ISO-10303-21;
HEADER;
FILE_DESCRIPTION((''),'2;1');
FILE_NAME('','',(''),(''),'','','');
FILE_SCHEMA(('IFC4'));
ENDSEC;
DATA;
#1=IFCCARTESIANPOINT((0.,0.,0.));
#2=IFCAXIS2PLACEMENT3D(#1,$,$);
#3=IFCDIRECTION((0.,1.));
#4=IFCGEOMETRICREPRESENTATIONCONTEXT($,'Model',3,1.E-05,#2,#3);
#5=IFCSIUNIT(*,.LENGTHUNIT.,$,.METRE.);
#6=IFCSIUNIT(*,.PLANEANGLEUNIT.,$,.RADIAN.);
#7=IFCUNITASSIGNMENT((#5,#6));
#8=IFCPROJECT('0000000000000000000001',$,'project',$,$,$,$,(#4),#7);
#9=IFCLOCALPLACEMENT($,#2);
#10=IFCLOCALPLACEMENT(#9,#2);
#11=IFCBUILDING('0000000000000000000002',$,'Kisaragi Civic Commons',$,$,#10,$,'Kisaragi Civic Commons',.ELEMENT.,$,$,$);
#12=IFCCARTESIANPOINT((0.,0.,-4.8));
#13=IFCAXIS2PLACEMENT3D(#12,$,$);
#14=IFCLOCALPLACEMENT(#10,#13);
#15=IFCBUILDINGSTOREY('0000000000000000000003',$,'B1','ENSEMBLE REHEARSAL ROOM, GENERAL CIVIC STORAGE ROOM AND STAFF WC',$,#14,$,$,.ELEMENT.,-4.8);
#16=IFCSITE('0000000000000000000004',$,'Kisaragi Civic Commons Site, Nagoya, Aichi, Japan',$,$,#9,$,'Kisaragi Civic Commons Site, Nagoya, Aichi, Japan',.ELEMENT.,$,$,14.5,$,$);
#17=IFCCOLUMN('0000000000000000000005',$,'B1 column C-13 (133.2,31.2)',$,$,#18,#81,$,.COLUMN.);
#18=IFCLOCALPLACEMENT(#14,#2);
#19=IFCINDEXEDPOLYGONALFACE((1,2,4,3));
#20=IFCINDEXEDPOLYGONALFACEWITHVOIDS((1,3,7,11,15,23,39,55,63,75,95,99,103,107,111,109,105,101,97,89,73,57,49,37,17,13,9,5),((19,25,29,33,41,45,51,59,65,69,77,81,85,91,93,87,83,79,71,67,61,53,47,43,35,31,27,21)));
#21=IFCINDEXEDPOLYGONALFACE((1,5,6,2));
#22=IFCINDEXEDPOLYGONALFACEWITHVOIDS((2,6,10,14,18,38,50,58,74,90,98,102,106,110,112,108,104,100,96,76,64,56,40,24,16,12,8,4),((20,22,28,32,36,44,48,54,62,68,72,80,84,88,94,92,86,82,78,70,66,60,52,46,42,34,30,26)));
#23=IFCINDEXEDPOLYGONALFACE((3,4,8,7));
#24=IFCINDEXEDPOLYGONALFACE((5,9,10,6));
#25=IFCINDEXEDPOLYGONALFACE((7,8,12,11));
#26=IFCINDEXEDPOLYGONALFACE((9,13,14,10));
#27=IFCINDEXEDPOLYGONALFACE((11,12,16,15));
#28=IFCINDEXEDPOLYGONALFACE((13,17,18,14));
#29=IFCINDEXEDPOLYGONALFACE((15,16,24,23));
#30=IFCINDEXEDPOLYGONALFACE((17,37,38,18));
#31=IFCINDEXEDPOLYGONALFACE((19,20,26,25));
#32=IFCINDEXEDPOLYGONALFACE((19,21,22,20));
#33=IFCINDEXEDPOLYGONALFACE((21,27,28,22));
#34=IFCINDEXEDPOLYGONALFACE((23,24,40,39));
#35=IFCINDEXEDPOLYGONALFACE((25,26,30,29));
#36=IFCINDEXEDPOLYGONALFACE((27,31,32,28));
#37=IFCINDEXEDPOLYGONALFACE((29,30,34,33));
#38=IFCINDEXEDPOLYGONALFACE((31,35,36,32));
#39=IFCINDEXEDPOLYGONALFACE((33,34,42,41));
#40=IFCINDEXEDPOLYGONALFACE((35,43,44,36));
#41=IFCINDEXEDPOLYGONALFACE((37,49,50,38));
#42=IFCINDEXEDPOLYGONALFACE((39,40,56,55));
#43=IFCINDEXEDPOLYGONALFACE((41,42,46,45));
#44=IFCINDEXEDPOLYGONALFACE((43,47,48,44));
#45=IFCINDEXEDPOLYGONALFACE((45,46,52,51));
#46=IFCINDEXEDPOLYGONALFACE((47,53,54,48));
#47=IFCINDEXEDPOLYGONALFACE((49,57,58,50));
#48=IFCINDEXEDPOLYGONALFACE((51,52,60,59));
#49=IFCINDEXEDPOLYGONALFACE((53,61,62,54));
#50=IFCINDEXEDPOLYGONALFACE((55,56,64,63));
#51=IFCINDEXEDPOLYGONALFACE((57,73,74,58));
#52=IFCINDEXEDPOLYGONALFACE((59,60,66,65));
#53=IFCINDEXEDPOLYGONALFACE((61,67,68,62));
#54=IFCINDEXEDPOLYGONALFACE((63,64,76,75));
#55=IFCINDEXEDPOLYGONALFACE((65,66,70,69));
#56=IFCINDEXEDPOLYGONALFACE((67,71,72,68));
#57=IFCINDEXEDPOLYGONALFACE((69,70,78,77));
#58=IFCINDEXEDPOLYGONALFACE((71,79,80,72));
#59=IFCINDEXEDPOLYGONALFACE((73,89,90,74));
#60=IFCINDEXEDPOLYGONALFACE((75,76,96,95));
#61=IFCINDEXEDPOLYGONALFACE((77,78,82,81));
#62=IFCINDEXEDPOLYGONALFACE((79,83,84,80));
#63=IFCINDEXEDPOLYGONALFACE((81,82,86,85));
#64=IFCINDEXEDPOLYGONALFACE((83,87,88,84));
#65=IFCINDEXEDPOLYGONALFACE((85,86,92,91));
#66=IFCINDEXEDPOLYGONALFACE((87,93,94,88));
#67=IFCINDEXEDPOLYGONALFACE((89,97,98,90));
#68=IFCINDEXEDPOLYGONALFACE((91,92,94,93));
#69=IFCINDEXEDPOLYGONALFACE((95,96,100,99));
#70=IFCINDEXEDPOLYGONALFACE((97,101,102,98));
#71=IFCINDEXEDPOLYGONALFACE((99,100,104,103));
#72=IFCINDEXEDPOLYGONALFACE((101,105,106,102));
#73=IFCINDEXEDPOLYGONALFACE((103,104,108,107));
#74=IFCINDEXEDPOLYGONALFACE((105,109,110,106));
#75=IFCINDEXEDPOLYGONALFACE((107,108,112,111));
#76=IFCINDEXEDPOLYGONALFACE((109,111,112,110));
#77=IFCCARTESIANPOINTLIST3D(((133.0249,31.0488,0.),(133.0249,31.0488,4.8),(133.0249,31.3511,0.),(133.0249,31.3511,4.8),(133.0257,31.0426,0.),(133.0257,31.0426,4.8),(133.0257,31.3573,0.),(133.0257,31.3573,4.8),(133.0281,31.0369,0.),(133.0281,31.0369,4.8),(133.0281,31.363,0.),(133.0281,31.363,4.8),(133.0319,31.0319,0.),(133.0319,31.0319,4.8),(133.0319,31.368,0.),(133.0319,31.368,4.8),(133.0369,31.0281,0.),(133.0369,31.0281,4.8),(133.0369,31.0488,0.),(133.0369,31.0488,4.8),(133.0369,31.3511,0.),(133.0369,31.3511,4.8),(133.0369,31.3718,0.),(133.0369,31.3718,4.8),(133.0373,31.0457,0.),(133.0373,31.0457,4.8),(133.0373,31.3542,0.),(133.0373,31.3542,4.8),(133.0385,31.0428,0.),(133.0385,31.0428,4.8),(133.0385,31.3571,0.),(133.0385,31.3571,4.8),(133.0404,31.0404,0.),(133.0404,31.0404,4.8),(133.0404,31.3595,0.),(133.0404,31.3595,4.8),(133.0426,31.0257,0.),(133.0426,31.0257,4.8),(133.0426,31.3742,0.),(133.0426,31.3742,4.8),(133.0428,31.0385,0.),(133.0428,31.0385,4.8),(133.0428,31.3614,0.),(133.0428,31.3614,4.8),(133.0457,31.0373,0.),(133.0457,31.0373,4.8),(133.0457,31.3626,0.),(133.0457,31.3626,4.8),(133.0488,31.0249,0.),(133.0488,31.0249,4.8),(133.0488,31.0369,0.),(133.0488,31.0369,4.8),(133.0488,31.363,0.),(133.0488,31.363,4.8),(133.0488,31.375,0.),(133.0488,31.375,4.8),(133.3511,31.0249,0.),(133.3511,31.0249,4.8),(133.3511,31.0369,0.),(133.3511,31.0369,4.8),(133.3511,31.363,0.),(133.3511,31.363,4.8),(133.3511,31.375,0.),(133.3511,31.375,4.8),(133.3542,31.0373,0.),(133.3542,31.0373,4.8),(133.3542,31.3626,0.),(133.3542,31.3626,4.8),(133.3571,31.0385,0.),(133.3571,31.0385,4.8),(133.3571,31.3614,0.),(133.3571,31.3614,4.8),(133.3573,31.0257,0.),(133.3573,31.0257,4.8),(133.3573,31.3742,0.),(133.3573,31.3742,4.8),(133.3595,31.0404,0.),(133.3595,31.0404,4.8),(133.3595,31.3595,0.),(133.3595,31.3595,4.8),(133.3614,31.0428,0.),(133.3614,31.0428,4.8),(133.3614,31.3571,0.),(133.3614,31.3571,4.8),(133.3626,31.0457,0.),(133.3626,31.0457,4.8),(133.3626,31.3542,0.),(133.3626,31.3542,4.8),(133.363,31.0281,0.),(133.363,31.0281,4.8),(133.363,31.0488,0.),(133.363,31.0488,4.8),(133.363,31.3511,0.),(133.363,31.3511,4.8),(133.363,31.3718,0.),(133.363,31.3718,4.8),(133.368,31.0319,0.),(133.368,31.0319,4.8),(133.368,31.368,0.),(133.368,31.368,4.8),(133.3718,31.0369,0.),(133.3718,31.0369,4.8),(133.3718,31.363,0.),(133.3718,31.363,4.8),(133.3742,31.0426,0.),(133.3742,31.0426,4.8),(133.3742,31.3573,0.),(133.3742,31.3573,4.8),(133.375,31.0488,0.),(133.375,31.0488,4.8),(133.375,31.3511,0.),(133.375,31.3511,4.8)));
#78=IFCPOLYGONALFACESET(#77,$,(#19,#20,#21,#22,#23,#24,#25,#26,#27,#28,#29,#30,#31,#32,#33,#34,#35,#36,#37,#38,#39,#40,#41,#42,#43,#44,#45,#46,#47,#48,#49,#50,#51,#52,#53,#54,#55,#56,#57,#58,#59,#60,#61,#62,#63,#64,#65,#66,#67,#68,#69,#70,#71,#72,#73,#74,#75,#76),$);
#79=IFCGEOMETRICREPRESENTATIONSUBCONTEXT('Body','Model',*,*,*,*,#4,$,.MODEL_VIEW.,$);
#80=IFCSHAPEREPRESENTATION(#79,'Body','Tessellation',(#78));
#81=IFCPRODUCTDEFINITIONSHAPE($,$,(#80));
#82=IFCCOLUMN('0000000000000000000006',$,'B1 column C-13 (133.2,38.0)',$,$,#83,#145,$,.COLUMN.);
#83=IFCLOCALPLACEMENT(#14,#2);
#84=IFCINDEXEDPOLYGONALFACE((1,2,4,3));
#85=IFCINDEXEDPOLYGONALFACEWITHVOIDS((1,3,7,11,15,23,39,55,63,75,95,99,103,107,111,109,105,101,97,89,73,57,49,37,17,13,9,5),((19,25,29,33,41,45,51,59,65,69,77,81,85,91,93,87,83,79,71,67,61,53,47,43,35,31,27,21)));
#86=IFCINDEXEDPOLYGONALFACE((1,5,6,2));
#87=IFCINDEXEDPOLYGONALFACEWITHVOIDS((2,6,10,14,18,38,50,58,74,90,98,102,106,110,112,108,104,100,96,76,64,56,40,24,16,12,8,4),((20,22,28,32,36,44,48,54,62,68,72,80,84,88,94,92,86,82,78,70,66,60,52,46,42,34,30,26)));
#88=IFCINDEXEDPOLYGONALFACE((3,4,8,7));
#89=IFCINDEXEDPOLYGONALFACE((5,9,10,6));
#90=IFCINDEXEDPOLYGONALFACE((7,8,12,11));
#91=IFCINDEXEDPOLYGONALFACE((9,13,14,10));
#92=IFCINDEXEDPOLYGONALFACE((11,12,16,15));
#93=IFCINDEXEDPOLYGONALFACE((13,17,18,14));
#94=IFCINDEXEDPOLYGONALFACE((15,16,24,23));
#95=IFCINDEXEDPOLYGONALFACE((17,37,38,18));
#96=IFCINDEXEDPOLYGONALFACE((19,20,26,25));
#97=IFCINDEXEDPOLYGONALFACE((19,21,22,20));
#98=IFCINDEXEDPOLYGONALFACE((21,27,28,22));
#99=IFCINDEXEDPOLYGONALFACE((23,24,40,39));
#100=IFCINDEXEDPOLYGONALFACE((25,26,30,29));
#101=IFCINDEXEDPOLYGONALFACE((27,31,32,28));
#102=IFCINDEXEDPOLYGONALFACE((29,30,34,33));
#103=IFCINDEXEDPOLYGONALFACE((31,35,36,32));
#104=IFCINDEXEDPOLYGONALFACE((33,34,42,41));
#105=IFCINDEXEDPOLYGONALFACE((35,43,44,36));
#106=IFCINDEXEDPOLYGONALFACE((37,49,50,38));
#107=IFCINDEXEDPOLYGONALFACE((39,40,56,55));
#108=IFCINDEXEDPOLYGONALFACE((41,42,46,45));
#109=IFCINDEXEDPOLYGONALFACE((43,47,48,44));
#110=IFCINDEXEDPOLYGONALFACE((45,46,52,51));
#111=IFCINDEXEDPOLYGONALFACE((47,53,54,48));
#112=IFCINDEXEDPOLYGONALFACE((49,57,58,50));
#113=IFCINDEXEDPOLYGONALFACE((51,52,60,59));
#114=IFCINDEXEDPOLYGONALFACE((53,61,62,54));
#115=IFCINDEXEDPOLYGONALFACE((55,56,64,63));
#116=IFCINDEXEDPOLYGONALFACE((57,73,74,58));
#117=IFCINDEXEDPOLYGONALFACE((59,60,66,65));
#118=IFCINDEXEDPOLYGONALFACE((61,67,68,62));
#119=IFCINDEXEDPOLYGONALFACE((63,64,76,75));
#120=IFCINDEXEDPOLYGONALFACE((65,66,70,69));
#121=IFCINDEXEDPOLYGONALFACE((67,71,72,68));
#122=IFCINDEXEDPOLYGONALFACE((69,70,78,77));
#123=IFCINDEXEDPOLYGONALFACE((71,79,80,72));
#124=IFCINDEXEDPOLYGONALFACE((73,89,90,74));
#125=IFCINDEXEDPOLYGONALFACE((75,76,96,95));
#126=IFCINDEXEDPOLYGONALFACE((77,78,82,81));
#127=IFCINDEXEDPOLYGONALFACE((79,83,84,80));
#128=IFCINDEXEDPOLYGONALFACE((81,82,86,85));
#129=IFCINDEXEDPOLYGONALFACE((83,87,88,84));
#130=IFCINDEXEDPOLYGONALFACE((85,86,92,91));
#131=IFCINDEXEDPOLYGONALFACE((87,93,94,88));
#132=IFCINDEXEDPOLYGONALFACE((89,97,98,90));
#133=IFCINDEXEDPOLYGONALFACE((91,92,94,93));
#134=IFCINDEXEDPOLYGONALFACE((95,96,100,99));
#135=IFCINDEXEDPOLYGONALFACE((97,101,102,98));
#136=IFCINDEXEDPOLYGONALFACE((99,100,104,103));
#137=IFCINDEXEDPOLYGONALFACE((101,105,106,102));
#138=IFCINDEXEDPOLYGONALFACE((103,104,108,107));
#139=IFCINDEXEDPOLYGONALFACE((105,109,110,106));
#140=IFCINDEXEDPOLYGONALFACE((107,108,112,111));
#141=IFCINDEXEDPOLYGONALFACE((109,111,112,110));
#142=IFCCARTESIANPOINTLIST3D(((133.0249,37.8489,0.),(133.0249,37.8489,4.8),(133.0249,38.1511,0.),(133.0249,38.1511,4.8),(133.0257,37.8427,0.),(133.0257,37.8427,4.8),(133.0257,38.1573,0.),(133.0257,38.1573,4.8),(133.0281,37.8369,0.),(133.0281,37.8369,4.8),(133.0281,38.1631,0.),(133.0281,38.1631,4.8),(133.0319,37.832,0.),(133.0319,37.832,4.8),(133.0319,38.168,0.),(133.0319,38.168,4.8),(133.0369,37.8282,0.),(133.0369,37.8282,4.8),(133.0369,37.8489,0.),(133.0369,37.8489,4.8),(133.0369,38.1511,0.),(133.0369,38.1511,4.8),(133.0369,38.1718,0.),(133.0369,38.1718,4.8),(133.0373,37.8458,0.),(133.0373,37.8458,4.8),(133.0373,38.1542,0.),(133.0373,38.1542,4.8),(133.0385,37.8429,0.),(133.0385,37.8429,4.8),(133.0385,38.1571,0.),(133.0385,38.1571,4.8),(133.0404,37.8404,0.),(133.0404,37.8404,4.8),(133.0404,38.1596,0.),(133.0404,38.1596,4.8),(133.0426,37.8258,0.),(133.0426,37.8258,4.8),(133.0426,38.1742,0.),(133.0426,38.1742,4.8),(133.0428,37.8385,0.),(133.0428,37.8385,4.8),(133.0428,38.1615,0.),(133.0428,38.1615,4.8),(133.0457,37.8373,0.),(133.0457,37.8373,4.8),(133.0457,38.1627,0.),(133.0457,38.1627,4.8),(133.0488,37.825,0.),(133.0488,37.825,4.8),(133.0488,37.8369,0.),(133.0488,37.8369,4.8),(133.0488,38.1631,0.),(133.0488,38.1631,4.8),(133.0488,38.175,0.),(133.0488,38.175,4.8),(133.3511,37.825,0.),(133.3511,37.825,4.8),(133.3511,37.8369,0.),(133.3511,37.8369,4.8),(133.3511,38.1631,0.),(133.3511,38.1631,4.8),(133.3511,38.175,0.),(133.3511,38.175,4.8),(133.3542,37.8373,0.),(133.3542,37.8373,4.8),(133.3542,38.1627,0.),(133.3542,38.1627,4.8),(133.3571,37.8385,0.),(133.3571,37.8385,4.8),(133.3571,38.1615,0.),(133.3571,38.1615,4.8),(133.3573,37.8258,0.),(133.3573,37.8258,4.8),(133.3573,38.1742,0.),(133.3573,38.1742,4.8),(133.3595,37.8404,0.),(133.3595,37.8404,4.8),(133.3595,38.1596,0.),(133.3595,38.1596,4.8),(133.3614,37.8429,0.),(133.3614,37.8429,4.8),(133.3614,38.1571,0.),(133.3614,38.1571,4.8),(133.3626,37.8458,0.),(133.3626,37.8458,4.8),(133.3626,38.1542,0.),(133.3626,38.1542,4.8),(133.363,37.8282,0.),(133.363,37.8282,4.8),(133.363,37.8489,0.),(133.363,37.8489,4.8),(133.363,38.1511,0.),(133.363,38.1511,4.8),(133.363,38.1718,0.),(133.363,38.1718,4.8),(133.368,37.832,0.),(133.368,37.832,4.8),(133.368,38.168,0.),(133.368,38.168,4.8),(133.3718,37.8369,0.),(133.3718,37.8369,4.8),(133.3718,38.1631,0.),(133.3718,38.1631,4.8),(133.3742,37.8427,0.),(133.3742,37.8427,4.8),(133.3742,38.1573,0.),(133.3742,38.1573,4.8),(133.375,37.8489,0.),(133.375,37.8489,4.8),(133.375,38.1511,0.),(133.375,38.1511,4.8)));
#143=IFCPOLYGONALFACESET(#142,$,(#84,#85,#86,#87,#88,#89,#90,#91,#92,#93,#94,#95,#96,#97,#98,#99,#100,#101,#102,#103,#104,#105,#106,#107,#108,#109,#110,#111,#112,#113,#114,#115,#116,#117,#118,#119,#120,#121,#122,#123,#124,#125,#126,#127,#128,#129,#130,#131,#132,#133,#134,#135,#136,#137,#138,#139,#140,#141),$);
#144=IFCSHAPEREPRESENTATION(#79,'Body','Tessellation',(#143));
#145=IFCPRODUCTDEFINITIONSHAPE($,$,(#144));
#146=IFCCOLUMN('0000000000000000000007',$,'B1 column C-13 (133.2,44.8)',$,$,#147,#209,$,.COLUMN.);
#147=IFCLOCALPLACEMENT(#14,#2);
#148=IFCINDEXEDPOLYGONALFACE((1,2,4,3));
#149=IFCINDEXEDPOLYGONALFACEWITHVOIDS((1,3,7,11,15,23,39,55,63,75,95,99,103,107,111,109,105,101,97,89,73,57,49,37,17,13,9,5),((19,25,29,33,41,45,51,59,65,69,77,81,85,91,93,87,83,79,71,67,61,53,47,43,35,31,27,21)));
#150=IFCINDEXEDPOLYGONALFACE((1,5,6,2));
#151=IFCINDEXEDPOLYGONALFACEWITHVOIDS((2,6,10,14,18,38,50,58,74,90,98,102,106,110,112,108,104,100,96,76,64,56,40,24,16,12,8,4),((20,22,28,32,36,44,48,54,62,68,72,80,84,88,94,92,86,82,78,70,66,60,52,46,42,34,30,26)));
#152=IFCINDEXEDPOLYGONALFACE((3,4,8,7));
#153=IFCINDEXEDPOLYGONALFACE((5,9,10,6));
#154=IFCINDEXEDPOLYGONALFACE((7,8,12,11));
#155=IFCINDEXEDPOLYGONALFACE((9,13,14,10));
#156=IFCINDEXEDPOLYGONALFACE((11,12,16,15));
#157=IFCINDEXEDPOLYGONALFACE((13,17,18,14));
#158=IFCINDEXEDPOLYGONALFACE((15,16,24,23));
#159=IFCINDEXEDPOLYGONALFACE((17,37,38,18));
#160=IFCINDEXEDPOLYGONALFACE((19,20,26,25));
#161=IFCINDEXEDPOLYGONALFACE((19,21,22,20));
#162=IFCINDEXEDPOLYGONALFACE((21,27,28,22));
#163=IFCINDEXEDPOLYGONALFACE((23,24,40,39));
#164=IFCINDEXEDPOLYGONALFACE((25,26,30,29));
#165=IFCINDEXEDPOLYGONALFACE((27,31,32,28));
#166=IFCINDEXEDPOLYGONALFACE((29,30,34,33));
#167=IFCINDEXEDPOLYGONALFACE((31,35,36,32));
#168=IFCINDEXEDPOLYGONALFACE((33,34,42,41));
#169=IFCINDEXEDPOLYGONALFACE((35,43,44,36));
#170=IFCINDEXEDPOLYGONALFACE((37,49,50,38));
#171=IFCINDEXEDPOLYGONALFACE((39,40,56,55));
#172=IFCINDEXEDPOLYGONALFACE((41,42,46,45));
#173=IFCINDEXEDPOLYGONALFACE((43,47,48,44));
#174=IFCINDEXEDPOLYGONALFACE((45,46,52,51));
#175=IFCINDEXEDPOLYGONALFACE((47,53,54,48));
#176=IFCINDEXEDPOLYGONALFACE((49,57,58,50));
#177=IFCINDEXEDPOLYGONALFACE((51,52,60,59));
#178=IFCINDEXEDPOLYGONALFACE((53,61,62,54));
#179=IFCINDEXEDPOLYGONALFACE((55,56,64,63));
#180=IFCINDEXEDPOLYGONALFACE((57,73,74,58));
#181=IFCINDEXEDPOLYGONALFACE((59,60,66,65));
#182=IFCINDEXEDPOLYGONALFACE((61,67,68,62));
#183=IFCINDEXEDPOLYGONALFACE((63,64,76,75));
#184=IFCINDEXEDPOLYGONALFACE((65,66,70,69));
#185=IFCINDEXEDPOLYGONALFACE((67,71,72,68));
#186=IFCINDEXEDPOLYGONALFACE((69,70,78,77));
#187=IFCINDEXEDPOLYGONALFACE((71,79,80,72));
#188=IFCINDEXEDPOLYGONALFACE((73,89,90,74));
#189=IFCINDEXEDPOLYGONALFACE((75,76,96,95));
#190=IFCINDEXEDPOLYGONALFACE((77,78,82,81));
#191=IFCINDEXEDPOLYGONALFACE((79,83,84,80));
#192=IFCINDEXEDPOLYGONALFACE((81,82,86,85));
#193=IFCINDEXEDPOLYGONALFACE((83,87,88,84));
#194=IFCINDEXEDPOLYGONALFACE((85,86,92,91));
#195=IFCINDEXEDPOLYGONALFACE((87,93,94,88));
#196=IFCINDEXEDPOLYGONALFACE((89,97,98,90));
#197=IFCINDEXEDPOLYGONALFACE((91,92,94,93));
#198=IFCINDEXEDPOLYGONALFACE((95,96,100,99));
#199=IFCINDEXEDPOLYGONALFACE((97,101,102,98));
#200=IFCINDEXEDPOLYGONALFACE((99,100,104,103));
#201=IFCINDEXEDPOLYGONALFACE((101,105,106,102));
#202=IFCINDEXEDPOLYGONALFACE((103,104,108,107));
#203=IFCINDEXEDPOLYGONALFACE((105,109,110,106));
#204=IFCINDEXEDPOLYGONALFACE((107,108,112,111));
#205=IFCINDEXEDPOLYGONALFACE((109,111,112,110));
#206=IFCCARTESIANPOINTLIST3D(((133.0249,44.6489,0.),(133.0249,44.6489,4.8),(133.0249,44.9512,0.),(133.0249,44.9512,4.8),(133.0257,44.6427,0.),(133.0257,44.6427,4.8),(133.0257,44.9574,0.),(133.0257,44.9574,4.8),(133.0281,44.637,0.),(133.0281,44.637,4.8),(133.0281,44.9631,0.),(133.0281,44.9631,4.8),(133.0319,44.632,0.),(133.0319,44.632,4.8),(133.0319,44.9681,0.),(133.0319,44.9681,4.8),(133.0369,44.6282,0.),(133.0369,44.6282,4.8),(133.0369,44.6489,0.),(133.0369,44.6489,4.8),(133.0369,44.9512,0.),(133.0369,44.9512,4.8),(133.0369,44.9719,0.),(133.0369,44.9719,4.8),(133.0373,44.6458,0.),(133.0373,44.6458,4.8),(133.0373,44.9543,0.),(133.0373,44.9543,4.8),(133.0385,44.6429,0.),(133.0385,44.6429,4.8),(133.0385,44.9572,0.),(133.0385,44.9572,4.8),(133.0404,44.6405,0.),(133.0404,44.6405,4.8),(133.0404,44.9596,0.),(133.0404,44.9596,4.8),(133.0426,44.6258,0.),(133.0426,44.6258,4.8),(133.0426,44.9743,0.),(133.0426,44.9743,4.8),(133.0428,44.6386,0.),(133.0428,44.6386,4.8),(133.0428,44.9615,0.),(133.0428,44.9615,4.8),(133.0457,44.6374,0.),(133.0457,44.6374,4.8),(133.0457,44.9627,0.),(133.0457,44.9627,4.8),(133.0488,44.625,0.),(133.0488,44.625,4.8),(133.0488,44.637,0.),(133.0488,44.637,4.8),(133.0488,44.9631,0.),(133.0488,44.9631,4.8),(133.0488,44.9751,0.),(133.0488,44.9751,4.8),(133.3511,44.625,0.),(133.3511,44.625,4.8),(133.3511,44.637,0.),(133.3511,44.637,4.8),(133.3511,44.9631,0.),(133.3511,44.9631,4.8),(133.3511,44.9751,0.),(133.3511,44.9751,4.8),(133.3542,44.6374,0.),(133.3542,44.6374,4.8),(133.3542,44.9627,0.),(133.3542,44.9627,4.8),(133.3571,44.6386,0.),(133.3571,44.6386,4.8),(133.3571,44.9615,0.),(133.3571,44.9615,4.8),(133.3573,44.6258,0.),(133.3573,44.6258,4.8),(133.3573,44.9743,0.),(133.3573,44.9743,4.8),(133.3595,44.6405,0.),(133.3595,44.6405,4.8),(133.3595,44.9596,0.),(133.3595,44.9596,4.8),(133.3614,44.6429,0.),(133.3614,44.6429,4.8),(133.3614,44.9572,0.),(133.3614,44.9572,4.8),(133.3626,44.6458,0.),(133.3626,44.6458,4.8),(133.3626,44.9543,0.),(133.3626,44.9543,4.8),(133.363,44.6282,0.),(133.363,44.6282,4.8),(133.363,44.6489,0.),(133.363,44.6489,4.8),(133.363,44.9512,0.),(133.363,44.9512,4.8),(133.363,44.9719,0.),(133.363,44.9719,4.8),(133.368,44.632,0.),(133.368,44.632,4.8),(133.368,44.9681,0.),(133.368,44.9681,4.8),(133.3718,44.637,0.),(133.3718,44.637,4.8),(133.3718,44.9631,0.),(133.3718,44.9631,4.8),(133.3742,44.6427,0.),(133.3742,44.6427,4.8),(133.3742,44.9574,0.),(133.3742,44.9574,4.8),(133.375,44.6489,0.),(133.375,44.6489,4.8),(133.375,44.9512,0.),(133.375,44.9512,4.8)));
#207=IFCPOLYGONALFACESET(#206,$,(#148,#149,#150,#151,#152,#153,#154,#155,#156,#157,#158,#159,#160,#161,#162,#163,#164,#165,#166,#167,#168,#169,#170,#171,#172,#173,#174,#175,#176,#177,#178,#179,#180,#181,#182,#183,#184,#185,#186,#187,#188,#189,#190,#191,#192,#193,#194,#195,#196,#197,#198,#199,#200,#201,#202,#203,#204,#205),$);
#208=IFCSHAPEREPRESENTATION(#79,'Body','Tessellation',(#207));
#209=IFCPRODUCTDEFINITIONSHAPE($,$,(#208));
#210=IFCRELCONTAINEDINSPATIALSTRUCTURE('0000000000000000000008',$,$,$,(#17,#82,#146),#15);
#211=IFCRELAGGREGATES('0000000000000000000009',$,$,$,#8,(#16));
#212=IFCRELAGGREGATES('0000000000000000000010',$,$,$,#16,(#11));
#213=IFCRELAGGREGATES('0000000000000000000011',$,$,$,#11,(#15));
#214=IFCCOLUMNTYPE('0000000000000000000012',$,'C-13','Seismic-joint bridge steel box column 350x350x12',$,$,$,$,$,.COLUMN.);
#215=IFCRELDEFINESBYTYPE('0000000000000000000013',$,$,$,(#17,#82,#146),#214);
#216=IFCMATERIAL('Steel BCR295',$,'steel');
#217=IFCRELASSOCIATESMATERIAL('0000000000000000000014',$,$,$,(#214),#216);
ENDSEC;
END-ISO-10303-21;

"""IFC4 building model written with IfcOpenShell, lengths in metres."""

from ifc_helpers import new_model, si_unit, direction, frame, origin, origin_2d, place, context, subcontext, project, spatial, hollow_rectangle, extrude, material, material_profile, profile_set, type_object, element, save


model = new_model("IFC4")

# Units and contexts
model_context = context("Model", 3, precision=1e-05, world=origin(), true_north=direction((0.0, 1.0)))
body_context = subcontext(model_context, "Body", "Model", "MODEL_VIEW")
ifc_project = project(units=[si_unit("LENGTHUNIT", "METRE"), si_unit("PLANEANGLEUNIT", "RADIAN")], contexts=[model_context])

# Site, building, storey
site_placement = place(None, origin())
site = spatial("IfcSite", under=ifc_project, at=site_placement, Name="Kisaragi Civic Commons Site, Nagoya, Aichi, Japan", LongName="Kisaragi Civic Commons Site, Nagoya, Aichi, Japan", CompositionType="ELEMENT", RefElevation=14.5)
building_placement = place(site_placement, origin())
building = spatial("IfcBuilding", under=site, at=building_placement, Name="Kisaragi Civic Commons", LongName="Kisaragi Civic Commons", CompositionType="ELEMENT")
storey_placement = place(building_placement, frame((0.0, 0.0, -4.8)))
storey = spatial("IfcBuildingStorey", under=building, at=storey_placement, Name="B1", Description="ENSEMBLE REHEARSAL ROOM, GENERAL CIVIC STORAGE ROOM AND STAFF WC", CompositionType="ELEMENT", Elevation=-4.8)

# Columns
ifc_material_1 = material(Name="Steel BCR295", Category="steel")
ifc_material_profile_1 = material_profile(ifc_material_1, hollow_rectangle(XDim=0.3501, YDim=0.3501, WallThickness=0.012, InnerFilletRadius=0.012, OuterFilletRadius=0.0239, at=origin_2d()), Name="BCR-350x350x12", Category="steel")
ifc_profile_set_1 = profile_set([ifc_material_profile_1], Name="Steel BCR295")
column_type_1 = type_object("IfcColumnType", Name="C-13", Description="Seismic-joint bridge steel box column 350x350x12", PredefinedType="COLUMN", material=ifc_profile_set_1)
for number, where, z_axis, x_axis, name in (
    (1, (133.2, 31.2, 0.0), (0.0, 0.0, 1.0), (1.0, 0.0, 0.0), "B1 column C-13 (133.2,31.2)"),
    (2, (133.2, 38.0, 0.0), (0.0, 0.0, 1.0), (1.0, 0.0, 0.0), "B1 column C-13 (133.2,38.0)"),
    (3, (133.2, 44.8, 0.0), (0.0, 0.0, 1.0), (1.0, 0.0, 0.0), "B1 column C-13 (133.2,44.8)"),
):
    element("IfcColumn", number, at=place(storey_placement, frame(where, z_axis=z_axis, x_axis=x_axis)), inside=storey, type_object=column_type_1, Name=name, PredefinedType="COLUMN", context=body_context, shape_type="SweptSolid", body=[
        extrude(hollow_rectangle(XDim=0.3501, YDim=0.3501, WallThickness=0.012, InnerFilletRadius=0.012, OuterFilletRadius=0.0239, at=origin_2d()), origin(), (0.0, 0.0, 1.0), 4.8),
    ])

save(model, "model.ifc")
